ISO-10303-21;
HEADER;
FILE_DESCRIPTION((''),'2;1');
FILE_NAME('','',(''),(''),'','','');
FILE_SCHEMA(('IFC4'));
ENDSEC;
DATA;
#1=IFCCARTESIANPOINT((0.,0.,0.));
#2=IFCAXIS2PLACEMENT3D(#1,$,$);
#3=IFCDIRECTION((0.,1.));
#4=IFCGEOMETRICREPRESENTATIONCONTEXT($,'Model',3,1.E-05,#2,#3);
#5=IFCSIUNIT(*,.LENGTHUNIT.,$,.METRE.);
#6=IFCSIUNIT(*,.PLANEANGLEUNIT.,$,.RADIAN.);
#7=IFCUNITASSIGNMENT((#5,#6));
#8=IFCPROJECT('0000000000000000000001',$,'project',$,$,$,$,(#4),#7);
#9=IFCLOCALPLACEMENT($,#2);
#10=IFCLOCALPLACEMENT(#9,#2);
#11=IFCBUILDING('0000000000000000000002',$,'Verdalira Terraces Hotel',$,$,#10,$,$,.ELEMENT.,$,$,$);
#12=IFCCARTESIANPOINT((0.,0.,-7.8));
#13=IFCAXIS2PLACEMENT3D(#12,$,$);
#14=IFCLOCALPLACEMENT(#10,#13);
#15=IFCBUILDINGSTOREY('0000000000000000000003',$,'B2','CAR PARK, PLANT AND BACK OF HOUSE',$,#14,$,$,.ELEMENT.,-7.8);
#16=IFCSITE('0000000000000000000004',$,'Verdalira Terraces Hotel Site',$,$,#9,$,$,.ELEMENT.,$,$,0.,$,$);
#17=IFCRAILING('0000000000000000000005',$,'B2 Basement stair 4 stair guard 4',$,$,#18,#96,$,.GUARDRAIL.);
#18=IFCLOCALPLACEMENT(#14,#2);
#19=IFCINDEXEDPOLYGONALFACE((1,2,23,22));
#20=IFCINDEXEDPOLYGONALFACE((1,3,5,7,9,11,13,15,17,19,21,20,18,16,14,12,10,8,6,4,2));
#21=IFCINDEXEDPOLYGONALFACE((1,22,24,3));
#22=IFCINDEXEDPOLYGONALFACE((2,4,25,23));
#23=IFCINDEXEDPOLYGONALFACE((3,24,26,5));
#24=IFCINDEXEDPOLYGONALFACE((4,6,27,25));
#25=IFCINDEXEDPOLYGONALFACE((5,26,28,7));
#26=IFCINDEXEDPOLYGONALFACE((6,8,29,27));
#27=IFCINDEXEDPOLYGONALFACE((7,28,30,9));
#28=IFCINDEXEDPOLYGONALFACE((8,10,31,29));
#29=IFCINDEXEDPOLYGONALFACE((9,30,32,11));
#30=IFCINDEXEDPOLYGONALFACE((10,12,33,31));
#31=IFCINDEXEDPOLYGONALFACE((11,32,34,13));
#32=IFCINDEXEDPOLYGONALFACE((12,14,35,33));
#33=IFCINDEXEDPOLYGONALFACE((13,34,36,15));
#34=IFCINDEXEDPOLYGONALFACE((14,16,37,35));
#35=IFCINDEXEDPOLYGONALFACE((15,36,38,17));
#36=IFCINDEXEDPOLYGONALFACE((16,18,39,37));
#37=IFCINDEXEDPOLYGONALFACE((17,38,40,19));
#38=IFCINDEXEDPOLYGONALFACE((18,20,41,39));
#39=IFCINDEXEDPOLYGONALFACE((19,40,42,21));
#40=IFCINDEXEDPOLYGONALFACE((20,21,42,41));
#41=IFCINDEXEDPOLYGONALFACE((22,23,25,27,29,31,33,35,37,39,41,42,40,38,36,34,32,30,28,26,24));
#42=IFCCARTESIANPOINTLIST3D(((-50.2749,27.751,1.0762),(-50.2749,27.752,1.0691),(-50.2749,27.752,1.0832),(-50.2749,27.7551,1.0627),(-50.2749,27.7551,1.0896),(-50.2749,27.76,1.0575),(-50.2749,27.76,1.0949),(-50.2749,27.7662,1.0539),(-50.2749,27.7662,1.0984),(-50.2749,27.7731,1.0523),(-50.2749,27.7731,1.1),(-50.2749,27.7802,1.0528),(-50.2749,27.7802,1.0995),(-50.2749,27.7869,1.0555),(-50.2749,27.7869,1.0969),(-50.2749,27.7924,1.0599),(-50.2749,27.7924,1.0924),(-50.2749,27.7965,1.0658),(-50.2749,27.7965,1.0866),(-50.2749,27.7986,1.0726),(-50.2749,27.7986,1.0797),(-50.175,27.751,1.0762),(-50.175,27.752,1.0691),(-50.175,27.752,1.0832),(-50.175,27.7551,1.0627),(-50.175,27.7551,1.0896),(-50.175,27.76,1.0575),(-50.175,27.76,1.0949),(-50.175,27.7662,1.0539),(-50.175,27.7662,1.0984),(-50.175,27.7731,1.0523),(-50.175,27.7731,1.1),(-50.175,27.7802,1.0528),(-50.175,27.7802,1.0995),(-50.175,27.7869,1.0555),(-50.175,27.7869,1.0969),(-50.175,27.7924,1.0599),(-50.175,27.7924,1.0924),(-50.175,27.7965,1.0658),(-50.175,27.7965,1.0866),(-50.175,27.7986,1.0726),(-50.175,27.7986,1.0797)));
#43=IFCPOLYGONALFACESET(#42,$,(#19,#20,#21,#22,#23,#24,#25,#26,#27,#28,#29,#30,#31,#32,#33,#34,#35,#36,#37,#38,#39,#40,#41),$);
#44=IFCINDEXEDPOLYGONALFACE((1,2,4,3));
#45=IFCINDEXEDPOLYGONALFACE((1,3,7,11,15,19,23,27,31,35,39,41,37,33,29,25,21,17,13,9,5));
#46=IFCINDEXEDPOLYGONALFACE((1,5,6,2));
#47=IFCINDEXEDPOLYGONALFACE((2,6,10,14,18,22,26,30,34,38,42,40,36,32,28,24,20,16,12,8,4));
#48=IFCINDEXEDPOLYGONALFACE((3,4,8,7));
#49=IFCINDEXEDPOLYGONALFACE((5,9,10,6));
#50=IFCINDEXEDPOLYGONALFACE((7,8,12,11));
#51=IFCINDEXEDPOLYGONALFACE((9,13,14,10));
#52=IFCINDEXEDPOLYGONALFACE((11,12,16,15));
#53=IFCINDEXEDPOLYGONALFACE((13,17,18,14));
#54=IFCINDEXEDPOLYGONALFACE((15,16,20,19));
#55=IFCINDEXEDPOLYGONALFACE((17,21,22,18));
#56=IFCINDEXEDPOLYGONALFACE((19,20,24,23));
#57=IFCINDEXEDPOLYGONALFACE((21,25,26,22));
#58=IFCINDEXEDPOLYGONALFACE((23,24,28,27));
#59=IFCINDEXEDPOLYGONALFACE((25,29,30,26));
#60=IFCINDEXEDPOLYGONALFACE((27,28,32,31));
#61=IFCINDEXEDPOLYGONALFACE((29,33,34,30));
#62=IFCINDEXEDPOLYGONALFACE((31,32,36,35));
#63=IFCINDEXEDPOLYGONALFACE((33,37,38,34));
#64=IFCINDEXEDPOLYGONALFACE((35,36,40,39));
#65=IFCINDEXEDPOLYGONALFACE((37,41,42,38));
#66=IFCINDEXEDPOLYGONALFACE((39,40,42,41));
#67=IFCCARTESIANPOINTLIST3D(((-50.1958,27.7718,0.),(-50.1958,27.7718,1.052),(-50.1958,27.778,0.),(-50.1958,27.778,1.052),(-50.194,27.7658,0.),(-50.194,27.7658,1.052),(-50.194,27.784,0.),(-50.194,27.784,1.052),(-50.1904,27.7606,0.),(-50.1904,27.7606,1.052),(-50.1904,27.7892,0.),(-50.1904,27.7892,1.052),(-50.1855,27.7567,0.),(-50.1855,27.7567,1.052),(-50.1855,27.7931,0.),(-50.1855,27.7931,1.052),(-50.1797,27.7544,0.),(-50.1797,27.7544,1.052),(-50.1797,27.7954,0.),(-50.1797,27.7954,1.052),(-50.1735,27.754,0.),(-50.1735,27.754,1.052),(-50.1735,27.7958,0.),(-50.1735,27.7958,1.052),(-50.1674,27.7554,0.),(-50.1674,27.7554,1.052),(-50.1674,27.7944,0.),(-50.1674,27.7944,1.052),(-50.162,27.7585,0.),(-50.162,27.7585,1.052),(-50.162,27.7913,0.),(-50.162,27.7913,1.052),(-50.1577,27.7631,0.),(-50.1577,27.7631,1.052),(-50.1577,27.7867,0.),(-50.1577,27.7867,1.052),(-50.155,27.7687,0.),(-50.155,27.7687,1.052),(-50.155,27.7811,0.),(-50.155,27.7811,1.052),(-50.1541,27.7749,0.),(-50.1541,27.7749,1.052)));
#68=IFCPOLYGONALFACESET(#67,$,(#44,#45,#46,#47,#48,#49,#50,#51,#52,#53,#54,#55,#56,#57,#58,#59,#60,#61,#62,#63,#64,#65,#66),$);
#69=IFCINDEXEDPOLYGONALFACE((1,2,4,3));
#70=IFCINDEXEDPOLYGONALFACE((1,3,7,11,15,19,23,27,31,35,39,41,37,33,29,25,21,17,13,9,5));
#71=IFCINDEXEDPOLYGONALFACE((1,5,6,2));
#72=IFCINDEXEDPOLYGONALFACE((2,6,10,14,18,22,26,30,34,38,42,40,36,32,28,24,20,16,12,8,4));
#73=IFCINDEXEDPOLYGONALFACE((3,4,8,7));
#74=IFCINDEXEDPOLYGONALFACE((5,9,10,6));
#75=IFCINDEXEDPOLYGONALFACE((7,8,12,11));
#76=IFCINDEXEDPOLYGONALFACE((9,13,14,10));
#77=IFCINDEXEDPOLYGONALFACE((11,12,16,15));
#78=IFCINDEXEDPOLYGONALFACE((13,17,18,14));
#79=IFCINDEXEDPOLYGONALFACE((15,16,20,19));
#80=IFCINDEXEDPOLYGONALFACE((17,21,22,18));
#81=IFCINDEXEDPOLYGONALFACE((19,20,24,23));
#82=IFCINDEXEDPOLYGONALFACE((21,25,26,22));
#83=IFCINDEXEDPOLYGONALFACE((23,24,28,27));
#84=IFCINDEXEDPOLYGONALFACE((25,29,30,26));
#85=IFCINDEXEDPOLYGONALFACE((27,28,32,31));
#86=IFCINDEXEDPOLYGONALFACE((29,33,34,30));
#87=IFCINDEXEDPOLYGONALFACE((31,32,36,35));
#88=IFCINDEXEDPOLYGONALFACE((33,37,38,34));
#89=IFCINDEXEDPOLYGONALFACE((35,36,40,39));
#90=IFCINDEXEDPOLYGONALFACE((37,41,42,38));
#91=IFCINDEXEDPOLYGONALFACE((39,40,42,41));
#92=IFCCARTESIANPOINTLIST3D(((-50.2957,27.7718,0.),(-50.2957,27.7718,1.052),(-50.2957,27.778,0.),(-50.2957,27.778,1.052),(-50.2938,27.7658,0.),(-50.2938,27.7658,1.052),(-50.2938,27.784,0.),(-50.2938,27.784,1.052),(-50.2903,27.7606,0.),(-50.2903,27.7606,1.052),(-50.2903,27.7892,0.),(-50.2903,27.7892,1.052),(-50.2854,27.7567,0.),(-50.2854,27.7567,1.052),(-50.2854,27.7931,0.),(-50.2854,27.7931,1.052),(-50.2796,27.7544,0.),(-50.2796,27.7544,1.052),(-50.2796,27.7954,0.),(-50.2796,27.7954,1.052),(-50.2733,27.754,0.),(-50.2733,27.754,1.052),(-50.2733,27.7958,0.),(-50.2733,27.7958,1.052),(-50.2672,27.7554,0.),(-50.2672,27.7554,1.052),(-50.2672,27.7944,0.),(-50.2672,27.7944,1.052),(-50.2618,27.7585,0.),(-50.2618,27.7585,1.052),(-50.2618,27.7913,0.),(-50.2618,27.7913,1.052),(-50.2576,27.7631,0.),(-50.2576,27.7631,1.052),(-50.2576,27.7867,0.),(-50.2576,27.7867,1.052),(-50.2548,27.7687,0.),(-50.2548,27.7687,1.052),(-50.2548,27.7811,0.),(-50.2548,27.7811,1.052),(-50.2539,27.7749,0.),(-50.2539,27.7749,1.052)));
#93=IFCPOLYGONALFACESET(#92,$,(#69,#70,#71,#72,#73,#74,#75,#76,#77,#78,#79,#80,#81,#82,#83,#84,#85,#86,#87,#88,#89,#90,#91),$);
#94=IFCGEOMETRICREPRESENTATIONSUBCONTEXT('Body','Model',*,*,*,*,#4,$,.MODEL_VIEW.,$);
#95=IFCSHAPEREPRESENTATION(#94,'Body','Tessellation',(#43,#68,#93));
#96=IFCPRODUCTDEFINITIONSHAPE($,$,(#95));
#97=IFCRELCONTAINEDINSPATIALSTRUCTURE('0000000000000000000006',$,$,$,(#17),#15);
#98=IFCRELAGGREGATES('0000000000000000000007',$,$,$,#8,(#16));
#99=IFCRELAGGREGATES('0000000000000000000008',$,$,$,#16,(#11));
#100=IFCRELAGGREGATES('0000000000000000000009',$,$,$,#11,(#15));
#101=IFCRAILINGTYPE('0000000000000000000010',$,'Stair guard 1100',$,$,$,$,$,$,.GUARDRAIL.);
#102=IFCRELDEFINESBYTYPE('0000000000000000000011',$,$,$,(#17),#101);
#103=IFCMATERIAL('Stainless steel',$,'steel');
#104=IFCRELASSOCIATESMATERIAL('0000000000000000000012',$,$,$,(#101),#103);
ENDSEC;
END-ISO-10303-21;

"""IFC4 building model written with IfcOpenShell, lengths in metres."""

from ifc_helpers import new_model, si_unit, direction, frame, origin, origin_2d, place, context, subcontext, project, spatial, circle, extrude, material, type_object, element, save


model = new_model("IFC4")

# Units and contexts
model_context = context("Model", 3, precision=1e-05, world=origin(), true_north=direction((0.0, 1.0)))
body_context = subcontext(model_context, "Body", "Model", "MODEL_VIEW")
ifc_project = project(units=[si_unit("LENGTHUNIT", "METRE"), si_unit("PLANEANGLEUNIT", "RADIAN")], contexts=[model_context])

# Site, building, storey
site_placement = place(None, origin())
site = spatial("IfcSite", under=ifc_project, at=site_placement, Name="Verdalira Terraces Hotel Site", CompositionType="ELEMENT", RefElevation=0.0)
building_placement = place(site_placement, origin())
building = spatial("IfcBuilding", under=site, at=building_placement, Name="Verdalira Terraces Hotel", CompositionType="ELEMENT")
storey_placement = place(building_placement, frame((0.0, 0.0, -7.8)))
storey = spatial("IfcBuildingStorey", under=building, at=storey_placement, Name="B2", Description="CAR PARK, PLANT AND BACK OF HOUSE", CompositionType="ELEMENT", Elevation=-7.8)

# Railing
ifc_material_1 = material(Name="Stainless steel", Category="steel")
railing_type_1 = type_object("IfcRailingType", Name="Stair guard 1100", PredefinedType="GUARDRAIL", material=ifc_material_1)
railing_1_placement = place(storey_placement, frame((-50.175, 27.7749, 0.0)))
element("IfcRailing", 1, at=railing_1_placement, inside=storey, type_object=railing_type_1, Name="B2 Basement stair 4 stair guard 4", PredefinedType="GUARDRAIL", context=body_context, shape_type="SweptSolid", body=[
    extrude(circle(Radius=0.0239, at=origin_2d()), frame((0.0, 0.0, 1.0762), z_axis=(-1.0, 0.0, 0.0), x_axis=(0.0, -1.0, 0.0)), (0.0, 0.0, 1.0), 0.0999),
    extrude(circle(Radius=0.021, at=origin_2d()), origin(), (0.0, 0.0, 1.0), 1.052),
    extrude(circle(Radius=0.021, at=origin_2d()), frame((-0.0999, 0.0, 0.0)), (0.0, 0.0, 1.0), 1.052),
])

save(model, "model.ifc")
